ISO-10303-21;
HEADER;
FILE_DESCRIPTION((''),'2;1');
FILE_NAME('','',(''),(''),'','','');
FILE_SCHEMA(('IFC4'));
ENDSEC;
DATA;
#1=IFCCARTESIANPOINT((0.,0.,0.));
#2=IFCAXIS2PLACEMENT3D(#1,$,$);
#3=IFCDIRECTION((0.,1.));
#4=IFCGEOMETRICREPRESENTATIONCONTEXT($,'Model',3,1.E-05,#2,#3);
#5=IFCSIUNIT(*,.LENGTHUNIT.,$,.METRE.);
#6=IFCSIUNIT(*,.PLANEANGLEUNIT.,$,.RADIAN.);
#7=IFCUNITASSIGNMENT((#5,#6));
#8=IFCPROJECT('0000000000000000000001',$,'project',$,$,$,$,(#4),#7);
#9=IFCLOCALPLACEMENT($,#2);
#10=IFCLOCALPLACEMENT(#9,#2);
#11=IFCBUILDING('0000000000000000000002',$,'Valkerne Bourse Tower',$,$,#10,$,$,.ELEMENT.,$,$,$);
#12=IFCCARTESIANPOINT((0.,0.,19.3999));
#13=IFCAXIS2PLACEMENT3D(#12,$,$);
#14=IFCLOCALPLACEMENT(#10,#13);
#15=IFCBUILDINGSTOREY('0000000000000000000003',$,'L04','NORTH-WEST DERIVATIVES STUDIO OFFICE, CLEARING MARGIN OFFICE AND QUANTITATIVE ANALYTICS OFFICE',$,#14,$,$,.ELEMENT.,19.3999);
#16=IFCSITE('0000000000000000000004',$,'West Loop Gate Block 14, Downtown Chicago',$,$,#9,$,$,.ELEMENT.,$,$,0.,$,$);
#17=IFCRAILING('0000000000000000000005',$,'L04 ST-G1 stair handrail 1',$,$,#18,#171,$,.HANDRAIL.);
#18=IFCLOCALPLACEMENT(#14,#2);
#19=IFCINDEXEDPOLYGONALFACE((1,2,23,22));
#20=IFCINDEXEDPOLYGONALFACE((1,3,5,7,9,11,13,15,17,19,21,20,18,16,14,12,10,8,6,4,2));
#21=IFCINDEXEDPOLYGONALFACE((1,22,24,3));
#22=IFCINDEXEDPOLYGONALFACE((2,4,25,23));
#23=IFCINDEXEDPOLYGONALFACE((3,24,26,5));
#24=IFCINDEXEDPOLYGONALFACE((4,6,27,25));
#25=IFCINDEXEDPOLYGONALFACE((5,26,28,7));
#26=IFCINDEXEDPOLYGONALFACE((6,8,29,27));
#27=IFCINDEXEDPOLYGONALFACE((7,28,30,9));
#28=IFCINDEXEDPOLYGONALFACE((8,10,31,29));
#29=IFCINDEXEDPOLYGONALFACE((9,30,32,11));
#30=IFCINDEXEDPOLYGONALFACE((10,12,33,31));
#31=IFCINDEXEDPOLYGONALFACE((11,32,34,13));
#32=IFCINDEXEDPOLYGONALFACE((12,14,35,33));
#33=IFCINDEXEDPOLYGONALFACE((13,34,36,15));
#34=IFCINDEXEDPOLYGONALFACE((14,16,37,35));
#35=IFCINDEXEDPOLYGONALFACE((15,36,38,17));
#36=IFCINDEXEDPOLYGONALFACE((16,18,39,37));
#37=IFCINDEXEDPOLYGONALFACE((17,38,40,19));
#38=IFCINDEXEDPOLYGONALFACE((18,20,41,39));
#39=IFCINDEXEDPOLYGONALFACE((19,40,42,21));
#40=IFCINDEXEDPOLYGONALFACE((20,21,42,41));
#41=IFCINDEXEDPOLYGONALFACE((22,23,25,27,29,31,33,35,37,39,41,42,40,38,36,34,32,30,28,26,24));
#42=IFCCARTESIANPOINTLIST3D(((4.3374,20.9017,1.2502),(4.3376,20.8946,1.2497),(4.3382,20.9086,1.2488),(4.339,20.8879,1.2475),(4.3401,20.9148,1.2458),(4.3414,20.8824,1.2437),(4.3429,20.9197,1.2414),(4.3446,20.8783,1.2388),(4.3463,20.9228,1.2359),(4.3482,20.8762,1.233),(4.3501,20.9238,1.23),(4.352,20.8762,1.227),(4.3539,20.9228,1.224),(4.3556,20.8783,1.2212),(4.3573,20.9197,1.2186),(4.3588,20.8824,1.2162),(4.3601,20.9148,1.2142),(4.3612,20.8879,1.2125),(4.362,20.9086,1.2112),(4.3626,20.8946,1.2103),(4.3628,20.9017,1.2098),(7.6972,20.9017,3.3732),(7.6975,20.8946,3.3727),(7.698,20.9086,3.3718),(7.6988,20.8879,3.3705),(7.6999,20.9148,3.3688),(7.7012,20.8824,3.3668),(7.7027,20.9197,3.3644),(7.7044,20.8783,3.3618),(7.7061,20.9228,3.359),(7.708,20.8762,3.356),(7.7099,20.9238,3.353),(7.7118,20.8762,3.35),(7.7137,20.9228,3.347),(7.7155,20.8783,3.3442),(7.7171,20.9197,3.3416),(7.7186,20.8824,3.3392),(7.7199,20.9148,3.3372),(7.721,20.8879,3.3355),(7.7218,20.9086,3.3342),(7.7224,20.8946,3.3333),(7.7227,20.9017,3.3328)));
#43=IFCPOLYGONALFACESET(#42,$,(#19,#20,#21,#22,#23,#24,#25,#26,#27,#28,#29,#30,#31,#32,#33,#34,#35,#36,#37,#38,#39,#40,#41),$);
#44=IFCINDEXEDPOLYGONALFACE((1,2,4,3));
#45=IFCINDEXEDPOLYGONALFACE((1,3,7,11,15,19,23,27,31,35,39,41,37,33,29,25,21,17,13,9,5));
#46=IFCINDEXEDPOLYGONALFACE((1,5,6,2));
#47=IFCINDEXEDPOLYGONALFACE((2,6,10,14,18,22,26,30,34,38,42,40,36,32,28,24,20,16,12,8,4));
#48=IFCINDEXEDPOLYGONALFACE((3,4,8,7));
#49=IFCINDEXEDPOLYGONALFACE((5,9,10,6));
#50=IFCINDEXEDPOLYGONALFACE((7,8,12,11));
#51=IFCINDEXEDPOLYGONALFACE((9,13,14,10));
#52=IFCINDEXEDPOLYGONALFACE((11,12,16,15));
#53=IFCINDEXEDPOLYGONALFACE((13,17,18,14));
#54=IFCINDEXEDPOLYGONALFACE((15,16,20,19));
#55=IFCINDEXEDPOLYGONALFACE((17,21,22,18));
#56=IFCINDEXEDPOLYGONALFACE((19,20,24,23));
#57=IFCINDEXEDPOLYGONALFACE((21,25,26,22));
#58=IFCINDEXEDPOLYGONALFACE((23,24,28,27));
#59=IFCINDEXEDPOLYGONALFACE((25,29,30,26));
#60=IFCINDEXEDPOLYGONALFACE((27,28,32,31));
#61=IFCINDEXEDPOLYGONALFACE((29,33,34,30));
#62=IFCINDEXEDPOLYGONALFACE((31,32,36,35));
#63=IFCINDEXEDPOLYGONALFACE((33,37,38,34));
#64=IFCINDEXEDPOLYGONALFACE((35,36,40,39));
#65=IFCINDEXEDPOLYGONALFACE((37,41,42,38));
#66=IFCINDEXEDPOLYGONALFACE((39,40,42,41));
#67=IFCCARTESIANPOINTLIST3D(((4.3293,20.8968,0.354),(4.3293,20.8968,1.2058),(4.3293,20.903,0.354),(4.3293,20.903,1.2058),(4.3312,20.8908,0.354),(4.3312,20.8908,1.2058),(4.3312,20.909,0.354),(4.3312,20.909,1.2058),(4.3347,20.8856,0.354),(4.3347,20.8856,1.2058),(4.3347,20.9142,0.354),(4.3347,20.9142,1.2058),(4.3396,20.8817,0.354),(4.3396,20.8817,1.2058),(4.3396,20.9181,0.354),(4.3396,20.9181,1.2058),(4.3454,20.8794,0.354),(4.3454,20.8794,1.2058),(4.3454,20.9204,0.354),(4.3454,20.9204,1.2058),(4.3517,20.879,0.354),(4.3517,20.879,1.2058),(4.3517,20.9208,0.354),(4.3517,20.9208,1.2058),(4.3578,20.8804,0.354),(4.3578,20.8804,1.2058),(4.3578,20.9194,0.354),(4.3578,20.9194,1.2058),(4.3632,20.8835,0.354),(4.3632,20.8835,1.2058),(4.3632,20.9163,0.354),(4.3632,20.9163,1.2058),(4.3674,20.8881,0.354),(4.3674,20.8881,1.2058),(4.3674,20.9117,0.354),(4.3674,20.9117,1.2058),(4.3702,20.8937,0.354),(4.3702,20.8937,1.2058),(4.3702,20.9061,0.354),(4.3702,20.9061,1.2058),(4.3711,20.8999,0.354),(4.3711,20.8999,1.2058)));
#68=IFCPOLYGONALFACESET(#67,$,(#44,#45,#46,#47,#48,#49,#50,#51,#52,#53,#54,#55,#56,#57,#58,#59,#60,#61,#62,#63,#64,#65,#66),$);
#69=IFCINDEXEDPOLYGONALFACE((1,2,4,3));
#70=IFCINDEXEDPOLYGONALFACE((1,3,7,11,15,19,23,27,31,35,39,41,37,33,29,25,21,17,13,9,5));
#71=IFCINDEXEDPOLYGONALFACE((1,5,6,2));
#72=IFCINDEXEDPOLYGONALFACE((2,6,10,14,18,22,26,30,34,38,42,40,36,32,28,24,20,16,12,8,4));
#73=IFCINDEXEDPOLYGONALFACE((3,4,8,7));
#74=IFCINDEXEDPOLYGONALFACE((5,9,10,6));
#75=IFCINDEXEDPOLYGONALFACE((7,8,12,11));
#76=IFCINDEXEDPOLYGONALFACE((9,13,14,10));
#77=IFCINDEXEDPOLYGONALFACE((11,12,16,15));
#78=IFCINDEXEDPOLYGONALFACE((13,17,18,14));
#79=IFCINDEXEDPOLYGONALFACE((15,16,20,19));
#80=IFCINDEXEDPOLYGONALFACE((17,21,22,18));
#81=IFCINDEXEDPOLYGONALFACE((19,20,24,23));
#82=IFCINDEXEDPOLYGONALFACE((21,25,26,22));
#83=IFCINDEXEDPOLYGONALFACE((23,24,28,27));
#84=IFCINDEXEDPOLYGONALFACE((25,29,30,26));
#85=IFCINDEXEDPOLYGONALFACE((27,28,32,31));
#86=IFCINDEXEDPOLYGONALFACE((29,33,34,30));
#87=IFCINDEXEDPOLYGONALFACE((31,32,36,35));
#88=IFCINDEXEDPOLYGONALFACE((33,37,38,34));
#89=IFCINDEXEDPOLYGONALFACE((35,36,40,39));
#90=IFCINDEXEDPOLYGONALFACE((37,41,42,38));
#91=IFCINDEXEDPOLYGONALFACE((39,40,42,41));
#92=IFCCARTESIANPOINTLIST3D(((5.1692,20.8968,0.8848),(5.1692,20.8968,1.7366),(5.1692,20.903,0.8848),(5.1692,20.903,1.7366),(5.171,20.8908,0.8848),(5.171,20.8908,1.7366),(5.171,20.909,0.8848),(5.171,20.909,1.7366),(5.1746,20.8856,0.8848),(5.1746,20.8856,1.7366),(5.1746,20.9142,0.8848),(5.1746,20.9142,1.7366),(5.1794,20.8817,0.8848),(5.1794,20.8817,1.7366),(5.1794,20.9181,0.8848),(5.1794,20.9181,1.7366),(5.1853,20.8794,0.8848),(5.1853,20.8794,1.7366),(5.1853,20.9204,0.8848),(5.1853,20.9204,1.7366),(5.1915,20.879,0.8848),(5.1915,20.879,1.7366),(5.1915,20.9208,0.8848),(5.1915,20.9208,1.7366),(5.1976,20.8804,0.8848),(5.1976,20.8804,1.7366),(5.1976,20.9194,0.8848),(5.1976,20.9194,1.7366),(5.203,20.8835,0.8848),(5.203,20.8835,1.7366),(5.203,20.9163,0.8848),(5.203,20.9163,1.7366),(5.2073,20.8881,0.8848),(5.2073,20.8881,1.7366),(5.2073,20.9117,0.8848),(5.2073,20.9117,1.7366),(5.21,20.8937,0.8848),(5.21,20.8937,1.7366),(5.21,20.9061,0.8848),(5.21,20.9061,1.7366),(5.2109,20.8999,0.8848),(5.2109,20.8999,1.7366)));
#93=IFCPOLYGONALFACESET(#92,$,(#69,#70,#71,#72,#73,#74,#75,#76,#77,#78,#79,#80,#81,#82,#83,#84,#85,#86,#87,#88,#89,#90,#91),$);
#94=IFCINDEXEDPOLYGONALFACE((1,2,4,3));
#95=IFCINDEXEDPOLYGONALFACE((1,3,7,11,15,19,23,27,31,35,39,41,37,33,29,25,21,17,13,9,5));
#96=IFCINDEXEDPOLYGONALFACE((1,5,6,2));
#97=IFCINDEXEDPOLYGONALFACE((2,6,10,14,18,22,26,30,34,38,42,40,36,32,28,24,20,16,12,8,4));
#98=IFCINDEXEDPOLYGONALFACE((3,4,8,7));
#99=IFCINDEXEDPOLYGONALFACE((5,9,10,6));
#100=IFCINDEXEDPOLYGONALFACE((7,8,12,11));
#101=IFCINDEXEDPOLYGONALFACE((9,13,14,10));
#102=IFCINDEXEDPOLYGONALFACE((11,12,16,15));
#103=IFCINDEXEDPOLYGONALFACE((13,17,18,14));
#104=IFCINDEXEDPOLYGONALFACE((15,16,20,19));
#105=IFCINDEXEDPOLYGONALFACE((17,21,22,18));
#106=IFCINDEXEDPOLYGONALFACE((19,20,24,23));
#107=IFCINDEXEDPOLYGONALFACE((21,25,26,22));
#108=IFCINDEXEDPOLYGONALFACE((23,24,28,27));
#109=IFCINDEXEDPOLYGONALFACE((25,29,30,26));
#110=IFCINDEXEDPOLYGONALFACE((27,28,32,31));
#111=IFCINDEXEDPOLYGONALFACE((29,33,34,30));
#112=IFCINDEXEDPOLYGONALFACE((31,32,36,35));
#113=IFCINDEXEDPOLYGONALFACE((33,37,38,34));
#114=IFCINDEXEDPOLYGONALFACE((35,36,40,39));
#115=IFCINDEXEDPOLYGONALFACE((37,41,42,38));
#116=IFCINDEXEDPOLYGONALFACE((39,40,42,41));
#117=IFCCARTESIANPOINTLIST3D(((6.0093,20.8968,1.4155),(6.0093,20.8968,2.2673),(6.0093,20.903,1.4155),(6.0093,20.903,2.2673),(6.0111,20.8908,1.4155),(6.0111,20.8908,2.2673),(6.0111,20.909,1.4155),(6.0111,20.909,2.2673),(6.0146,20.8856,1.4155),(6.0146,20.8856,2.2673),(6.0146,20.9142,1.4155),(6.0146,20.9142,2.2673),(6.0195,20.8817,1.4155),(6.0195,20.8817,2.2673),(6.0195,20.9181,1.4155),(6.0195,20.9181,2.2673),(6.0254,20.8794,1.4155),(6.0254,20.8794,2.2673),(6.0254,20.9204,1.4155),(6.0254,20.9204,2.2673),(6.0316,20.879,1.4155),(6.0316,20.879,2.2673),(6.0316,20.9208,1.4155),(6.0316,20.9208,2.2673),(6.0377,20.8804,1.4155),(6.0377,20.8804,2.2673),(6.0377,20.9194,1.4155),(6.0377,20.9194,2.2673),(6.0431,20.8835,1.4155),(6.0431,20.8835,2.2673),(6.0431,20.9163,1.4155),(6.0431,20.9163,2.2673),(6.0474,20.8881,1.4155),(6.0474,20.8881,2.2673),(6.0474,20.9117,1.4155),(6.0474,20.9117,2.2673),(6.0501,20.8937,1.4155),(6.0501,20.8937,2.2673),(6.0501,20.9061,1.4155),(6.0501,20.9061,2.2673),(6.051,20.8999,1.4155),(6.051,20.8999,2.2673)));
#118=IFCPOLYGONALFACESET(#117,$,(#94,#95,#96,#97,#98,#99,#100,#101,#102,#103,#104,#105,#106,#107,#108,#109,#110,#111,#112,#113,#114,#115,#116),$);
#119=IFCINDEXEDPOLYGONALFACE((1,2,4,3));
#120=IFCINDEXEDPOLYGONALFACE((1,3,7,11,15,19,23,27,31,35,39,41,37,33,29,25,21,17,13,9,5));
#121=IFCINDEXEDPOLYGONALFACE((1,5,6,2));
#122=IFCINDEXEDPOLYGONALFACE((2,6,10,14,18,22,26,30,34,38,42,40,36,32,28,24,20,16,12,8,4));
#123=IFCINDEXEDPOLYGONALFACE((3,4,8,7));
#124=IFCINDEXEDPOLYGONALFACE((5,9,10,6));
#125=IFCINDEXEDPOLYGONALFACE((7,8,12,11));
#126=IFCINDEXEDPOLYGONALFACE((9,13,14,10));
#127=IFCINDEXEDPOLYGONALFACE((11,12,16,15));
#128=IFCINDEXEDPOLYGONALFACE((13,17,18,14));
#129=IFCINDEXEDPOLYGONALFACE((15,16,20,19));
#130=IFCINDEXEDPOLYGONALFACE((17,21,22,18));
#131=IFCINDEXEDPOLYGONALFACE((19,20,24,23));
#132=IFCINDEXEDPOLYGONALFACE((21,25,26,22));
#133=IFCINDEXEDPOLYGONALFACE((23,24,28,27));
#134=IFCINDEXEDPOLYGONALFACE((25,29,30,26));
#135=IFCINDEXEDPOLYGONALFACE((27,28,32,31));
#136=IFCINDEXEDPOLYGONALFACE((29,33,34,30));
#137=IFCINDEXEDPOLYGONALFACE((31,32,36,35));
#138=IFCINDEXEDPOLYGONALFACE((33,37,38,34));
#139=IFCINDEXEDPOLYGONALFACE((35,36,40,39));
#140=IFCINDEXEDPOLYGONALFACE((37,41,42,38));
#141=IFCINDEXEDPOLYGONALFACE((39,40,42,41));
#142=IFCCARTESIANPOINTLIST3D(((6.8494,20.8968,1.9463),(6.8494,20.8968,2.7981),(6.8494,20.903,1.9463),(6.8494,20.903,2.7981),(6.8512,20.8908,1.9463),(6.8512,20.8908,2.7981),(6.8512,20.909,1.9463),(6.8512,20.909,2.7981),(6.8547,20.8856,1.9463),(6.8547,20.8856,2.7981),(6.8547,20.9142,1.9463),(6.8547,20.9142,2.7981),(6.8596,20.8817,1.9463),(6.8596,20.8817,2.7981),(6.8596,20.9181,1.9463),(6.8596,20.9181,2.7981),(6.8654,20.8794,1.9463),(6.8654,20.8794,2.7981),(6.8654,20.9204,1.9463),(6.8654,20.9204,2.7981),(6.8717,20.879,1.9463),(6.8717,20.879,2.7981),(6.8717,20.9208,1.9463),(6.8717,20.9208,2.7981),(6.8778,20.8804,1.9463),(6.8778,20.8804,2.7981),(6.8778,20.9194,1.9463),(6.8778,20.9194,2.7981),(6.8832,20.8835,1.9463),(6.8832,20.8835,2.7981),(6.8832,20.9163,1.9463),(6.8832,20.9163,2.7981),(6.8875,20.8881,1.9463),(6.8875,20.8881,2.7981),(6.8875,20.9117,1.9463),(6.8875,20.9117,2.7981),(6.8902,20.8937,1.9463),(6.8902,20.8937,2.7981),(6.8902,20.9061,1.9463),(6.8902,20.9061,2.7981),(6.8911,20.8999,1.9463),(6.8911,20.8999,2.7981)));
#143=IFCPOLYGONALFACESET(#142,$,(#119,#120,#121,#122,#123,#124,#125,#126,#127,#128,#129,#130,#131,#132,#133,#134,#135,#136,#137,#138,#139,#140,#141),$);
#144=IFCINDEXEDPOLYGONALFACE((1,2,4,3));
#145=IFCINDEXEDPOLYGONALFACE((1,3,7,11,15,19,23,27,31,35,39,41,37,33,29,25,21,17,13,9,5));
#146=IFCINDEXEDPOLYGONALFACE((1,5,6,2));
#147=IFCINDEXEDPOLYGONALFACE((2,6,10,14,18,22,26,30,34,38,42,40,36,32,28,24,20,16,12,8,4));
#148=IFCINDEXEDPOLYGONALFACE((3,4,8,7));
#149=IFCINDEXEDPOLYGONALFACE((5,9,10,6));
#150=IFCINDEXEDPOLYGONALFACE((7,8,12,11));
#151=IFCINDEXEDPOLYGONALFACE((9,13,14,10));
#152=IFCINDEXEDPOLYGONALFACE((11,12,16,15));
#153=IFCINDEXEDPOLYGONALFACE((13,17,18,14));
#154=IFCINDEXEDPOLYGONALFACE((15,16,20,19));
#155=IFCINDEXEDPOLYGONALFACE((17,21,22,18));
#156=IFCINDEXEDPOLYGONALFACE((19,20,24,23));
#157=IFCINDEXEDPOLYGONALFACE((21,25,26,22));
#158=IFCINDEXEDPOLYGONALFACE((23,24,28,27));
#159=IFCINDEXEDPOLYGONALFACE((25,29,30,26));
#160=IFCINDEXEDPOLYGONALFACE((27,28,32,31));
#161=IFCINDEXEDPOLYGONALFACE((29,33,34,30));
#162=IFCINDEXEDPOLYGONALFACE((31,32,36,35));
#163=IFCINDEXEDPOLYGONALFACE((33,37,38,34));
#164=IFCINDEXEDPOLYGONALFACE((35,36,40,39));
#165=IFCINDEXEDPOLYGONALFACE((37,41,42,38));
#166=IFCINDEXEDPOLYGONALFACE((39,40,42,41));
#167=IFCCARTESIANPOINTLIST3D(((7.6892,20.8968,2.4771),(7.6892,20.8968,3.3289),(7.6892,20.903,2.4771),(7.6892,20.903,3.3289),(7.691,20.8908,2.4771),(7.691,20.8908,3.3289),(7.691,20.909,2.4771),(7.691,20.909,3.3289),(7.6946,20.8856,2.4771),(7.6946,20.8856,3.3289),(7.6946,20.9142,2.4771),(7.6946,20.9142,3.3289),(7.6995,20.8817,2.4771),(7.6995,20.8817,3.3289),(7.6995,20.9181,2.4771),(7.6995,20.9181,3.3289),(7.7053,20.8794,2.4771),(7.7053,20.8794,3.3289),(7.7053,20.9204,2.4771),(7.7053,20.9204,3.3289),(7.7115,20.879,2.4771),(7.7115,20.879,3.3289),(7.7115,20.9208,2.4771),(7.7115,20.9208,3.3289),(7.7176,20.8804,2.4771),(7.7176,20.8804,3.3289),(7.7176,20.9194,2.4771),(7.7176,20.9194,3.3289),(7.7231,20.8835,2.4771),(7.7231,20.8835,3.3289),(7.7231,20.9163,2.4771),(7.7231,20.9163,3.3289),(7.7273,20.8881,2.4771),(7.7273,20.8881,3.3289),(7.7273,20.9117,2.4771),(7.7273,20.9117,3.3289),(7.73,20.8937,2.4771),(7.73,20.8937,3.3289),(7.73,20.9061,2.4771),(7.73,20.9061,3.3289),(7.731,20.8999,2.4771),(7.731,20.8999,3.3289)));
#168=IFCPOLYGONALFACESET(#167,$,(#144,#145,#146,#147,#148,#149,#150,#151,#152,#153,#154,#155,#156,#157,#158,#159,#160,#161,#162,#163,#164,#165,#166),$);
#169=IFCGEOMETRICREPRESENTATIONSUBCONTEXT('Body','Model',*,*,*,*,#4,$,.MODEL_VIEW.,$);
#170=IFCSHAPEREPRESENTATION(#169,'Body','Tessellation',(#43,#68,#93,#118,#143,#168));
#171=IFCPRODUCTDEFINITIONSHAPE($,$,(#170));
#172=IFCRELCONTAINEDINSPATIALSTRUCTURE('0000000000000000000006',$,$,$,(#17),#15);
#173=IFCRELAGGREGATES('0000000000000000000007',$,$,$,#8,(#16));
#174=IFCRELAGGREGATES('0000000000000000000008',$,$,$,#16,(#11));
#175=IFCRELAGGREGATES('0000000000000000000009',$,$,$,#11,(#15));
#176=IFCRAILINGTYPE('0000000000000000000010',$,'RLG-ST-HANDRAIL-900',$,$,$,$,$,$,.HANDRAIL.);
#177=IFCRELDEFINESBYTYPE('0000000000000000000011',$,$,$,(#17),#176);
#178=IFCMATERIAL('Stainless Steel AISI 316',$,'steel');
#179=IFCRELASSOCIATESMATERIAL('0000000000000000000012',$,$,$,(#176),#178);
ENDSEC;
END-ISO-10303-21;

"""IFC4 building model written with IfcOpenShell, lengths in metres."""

from ifc_helpers import new_model, si_unit, direction, frame, origin, origin_2d, place, context, subcontext, project, spatial, circle, extrude, material, type_object, element, save


model = new_model("IFC4")

# Units and contexts
model_context = context("Model", 3, precision=1e-05, world=origin(), true_north=direction((0.0, 1.0)))
body_context = subcontext(model_context, "Body", "Model", "MODEL_VIEW")
ifc_project = project(units=[si_unit("LENGTHUNIT", "METRE"), si_unit("PLANEANGLEUNIT", "RADIAN")], contexts=[model_context])

# Site, building, storey
site_placement = place(None, origin())
site = spatial("IfcSite", under=ifc_project, at=site_placement, Name="West Loop Gate Block 14, Downtown Chicago", CompositionType="ELEMENT", RefElevation=0.0)
building_placement = place(site_placement, origin())
building = spatial("IfcBuilding", under=site, at=building_placement, Name="Valkerne Bourse Tower", CompositionType="ELEMENT")
storey_placement = place(building_placement, frame((0.0, 0.0, 19.3999)))
storey = spatial("IfcBuildingStorey", under=building, at=storey_placement, Name="L04", Description="NORTH-WEST DERIVATIVES STUDIO OFFICE, CLEARING MARGIN OFFICE AND QUANTITATIVE ANALYTICS OFFICE", CompositionType="ELEMENT", Elevation=19.3999)

# Railing
ifc_material_1 = material(Name="Stainless Steel AISI 316", Category="steel")
railing_type_1 = type_object("IfcRailingType", Name="RLG-ST-HANDRAIL-900", PredefinedType="HANDRAIL", material=ifc_material_1)
railing_1_placement = place(storey_placement, frame((4.3501, 20.8999, 0.354)))
element("IfcRailing", 1, at=railing_1_placement, inside=storey, type_object=railing_type_1, Name="L04 ST-G1 stair handrail 1", PredefinedType="HANDRAIL", context=body_context, shape_type="SweptSolid", body=[
    extrude(circle(Radius=0.0239, at=origin_2d()), frame((0.0, 0.0, 0.876), z_axis=(0.845372, 0.0, 0.534178), x_axis=(0.0, 1.0, 0.0)), (0.0, 0.0, 1.0), 3.9744),
    extrude(circle(Radius=0.021, at=origin_2d()), origin(), (0.0, 0.0, 1.0), 0.8518),
    extrude(circle(Radius=0.021, at=origin_2d()), frame((0.8398, 0.0, 0.5308)), (0.0, 0.0, 1.0), 0.8518),
    extrude(circle(Radius=0.021, at=origin_2d()), frame((1.6799, 0.0, 1.0615)), (0.0, 0.0, 1.0), 0.8518),
    extrude(circle(Radius=0.021, at=origin_2d()), frame((2.52, 0.0, 1.5923)), (0.0, 0.0, 1.0), 0.8518),
    extrude(circle(Radius=0.021, at=origin_2d()), frame((3.3599, 0.0, 2.123)), (0.0, 0.0, 1.0), 0.8518),
])

save(model, "model.ifc")
